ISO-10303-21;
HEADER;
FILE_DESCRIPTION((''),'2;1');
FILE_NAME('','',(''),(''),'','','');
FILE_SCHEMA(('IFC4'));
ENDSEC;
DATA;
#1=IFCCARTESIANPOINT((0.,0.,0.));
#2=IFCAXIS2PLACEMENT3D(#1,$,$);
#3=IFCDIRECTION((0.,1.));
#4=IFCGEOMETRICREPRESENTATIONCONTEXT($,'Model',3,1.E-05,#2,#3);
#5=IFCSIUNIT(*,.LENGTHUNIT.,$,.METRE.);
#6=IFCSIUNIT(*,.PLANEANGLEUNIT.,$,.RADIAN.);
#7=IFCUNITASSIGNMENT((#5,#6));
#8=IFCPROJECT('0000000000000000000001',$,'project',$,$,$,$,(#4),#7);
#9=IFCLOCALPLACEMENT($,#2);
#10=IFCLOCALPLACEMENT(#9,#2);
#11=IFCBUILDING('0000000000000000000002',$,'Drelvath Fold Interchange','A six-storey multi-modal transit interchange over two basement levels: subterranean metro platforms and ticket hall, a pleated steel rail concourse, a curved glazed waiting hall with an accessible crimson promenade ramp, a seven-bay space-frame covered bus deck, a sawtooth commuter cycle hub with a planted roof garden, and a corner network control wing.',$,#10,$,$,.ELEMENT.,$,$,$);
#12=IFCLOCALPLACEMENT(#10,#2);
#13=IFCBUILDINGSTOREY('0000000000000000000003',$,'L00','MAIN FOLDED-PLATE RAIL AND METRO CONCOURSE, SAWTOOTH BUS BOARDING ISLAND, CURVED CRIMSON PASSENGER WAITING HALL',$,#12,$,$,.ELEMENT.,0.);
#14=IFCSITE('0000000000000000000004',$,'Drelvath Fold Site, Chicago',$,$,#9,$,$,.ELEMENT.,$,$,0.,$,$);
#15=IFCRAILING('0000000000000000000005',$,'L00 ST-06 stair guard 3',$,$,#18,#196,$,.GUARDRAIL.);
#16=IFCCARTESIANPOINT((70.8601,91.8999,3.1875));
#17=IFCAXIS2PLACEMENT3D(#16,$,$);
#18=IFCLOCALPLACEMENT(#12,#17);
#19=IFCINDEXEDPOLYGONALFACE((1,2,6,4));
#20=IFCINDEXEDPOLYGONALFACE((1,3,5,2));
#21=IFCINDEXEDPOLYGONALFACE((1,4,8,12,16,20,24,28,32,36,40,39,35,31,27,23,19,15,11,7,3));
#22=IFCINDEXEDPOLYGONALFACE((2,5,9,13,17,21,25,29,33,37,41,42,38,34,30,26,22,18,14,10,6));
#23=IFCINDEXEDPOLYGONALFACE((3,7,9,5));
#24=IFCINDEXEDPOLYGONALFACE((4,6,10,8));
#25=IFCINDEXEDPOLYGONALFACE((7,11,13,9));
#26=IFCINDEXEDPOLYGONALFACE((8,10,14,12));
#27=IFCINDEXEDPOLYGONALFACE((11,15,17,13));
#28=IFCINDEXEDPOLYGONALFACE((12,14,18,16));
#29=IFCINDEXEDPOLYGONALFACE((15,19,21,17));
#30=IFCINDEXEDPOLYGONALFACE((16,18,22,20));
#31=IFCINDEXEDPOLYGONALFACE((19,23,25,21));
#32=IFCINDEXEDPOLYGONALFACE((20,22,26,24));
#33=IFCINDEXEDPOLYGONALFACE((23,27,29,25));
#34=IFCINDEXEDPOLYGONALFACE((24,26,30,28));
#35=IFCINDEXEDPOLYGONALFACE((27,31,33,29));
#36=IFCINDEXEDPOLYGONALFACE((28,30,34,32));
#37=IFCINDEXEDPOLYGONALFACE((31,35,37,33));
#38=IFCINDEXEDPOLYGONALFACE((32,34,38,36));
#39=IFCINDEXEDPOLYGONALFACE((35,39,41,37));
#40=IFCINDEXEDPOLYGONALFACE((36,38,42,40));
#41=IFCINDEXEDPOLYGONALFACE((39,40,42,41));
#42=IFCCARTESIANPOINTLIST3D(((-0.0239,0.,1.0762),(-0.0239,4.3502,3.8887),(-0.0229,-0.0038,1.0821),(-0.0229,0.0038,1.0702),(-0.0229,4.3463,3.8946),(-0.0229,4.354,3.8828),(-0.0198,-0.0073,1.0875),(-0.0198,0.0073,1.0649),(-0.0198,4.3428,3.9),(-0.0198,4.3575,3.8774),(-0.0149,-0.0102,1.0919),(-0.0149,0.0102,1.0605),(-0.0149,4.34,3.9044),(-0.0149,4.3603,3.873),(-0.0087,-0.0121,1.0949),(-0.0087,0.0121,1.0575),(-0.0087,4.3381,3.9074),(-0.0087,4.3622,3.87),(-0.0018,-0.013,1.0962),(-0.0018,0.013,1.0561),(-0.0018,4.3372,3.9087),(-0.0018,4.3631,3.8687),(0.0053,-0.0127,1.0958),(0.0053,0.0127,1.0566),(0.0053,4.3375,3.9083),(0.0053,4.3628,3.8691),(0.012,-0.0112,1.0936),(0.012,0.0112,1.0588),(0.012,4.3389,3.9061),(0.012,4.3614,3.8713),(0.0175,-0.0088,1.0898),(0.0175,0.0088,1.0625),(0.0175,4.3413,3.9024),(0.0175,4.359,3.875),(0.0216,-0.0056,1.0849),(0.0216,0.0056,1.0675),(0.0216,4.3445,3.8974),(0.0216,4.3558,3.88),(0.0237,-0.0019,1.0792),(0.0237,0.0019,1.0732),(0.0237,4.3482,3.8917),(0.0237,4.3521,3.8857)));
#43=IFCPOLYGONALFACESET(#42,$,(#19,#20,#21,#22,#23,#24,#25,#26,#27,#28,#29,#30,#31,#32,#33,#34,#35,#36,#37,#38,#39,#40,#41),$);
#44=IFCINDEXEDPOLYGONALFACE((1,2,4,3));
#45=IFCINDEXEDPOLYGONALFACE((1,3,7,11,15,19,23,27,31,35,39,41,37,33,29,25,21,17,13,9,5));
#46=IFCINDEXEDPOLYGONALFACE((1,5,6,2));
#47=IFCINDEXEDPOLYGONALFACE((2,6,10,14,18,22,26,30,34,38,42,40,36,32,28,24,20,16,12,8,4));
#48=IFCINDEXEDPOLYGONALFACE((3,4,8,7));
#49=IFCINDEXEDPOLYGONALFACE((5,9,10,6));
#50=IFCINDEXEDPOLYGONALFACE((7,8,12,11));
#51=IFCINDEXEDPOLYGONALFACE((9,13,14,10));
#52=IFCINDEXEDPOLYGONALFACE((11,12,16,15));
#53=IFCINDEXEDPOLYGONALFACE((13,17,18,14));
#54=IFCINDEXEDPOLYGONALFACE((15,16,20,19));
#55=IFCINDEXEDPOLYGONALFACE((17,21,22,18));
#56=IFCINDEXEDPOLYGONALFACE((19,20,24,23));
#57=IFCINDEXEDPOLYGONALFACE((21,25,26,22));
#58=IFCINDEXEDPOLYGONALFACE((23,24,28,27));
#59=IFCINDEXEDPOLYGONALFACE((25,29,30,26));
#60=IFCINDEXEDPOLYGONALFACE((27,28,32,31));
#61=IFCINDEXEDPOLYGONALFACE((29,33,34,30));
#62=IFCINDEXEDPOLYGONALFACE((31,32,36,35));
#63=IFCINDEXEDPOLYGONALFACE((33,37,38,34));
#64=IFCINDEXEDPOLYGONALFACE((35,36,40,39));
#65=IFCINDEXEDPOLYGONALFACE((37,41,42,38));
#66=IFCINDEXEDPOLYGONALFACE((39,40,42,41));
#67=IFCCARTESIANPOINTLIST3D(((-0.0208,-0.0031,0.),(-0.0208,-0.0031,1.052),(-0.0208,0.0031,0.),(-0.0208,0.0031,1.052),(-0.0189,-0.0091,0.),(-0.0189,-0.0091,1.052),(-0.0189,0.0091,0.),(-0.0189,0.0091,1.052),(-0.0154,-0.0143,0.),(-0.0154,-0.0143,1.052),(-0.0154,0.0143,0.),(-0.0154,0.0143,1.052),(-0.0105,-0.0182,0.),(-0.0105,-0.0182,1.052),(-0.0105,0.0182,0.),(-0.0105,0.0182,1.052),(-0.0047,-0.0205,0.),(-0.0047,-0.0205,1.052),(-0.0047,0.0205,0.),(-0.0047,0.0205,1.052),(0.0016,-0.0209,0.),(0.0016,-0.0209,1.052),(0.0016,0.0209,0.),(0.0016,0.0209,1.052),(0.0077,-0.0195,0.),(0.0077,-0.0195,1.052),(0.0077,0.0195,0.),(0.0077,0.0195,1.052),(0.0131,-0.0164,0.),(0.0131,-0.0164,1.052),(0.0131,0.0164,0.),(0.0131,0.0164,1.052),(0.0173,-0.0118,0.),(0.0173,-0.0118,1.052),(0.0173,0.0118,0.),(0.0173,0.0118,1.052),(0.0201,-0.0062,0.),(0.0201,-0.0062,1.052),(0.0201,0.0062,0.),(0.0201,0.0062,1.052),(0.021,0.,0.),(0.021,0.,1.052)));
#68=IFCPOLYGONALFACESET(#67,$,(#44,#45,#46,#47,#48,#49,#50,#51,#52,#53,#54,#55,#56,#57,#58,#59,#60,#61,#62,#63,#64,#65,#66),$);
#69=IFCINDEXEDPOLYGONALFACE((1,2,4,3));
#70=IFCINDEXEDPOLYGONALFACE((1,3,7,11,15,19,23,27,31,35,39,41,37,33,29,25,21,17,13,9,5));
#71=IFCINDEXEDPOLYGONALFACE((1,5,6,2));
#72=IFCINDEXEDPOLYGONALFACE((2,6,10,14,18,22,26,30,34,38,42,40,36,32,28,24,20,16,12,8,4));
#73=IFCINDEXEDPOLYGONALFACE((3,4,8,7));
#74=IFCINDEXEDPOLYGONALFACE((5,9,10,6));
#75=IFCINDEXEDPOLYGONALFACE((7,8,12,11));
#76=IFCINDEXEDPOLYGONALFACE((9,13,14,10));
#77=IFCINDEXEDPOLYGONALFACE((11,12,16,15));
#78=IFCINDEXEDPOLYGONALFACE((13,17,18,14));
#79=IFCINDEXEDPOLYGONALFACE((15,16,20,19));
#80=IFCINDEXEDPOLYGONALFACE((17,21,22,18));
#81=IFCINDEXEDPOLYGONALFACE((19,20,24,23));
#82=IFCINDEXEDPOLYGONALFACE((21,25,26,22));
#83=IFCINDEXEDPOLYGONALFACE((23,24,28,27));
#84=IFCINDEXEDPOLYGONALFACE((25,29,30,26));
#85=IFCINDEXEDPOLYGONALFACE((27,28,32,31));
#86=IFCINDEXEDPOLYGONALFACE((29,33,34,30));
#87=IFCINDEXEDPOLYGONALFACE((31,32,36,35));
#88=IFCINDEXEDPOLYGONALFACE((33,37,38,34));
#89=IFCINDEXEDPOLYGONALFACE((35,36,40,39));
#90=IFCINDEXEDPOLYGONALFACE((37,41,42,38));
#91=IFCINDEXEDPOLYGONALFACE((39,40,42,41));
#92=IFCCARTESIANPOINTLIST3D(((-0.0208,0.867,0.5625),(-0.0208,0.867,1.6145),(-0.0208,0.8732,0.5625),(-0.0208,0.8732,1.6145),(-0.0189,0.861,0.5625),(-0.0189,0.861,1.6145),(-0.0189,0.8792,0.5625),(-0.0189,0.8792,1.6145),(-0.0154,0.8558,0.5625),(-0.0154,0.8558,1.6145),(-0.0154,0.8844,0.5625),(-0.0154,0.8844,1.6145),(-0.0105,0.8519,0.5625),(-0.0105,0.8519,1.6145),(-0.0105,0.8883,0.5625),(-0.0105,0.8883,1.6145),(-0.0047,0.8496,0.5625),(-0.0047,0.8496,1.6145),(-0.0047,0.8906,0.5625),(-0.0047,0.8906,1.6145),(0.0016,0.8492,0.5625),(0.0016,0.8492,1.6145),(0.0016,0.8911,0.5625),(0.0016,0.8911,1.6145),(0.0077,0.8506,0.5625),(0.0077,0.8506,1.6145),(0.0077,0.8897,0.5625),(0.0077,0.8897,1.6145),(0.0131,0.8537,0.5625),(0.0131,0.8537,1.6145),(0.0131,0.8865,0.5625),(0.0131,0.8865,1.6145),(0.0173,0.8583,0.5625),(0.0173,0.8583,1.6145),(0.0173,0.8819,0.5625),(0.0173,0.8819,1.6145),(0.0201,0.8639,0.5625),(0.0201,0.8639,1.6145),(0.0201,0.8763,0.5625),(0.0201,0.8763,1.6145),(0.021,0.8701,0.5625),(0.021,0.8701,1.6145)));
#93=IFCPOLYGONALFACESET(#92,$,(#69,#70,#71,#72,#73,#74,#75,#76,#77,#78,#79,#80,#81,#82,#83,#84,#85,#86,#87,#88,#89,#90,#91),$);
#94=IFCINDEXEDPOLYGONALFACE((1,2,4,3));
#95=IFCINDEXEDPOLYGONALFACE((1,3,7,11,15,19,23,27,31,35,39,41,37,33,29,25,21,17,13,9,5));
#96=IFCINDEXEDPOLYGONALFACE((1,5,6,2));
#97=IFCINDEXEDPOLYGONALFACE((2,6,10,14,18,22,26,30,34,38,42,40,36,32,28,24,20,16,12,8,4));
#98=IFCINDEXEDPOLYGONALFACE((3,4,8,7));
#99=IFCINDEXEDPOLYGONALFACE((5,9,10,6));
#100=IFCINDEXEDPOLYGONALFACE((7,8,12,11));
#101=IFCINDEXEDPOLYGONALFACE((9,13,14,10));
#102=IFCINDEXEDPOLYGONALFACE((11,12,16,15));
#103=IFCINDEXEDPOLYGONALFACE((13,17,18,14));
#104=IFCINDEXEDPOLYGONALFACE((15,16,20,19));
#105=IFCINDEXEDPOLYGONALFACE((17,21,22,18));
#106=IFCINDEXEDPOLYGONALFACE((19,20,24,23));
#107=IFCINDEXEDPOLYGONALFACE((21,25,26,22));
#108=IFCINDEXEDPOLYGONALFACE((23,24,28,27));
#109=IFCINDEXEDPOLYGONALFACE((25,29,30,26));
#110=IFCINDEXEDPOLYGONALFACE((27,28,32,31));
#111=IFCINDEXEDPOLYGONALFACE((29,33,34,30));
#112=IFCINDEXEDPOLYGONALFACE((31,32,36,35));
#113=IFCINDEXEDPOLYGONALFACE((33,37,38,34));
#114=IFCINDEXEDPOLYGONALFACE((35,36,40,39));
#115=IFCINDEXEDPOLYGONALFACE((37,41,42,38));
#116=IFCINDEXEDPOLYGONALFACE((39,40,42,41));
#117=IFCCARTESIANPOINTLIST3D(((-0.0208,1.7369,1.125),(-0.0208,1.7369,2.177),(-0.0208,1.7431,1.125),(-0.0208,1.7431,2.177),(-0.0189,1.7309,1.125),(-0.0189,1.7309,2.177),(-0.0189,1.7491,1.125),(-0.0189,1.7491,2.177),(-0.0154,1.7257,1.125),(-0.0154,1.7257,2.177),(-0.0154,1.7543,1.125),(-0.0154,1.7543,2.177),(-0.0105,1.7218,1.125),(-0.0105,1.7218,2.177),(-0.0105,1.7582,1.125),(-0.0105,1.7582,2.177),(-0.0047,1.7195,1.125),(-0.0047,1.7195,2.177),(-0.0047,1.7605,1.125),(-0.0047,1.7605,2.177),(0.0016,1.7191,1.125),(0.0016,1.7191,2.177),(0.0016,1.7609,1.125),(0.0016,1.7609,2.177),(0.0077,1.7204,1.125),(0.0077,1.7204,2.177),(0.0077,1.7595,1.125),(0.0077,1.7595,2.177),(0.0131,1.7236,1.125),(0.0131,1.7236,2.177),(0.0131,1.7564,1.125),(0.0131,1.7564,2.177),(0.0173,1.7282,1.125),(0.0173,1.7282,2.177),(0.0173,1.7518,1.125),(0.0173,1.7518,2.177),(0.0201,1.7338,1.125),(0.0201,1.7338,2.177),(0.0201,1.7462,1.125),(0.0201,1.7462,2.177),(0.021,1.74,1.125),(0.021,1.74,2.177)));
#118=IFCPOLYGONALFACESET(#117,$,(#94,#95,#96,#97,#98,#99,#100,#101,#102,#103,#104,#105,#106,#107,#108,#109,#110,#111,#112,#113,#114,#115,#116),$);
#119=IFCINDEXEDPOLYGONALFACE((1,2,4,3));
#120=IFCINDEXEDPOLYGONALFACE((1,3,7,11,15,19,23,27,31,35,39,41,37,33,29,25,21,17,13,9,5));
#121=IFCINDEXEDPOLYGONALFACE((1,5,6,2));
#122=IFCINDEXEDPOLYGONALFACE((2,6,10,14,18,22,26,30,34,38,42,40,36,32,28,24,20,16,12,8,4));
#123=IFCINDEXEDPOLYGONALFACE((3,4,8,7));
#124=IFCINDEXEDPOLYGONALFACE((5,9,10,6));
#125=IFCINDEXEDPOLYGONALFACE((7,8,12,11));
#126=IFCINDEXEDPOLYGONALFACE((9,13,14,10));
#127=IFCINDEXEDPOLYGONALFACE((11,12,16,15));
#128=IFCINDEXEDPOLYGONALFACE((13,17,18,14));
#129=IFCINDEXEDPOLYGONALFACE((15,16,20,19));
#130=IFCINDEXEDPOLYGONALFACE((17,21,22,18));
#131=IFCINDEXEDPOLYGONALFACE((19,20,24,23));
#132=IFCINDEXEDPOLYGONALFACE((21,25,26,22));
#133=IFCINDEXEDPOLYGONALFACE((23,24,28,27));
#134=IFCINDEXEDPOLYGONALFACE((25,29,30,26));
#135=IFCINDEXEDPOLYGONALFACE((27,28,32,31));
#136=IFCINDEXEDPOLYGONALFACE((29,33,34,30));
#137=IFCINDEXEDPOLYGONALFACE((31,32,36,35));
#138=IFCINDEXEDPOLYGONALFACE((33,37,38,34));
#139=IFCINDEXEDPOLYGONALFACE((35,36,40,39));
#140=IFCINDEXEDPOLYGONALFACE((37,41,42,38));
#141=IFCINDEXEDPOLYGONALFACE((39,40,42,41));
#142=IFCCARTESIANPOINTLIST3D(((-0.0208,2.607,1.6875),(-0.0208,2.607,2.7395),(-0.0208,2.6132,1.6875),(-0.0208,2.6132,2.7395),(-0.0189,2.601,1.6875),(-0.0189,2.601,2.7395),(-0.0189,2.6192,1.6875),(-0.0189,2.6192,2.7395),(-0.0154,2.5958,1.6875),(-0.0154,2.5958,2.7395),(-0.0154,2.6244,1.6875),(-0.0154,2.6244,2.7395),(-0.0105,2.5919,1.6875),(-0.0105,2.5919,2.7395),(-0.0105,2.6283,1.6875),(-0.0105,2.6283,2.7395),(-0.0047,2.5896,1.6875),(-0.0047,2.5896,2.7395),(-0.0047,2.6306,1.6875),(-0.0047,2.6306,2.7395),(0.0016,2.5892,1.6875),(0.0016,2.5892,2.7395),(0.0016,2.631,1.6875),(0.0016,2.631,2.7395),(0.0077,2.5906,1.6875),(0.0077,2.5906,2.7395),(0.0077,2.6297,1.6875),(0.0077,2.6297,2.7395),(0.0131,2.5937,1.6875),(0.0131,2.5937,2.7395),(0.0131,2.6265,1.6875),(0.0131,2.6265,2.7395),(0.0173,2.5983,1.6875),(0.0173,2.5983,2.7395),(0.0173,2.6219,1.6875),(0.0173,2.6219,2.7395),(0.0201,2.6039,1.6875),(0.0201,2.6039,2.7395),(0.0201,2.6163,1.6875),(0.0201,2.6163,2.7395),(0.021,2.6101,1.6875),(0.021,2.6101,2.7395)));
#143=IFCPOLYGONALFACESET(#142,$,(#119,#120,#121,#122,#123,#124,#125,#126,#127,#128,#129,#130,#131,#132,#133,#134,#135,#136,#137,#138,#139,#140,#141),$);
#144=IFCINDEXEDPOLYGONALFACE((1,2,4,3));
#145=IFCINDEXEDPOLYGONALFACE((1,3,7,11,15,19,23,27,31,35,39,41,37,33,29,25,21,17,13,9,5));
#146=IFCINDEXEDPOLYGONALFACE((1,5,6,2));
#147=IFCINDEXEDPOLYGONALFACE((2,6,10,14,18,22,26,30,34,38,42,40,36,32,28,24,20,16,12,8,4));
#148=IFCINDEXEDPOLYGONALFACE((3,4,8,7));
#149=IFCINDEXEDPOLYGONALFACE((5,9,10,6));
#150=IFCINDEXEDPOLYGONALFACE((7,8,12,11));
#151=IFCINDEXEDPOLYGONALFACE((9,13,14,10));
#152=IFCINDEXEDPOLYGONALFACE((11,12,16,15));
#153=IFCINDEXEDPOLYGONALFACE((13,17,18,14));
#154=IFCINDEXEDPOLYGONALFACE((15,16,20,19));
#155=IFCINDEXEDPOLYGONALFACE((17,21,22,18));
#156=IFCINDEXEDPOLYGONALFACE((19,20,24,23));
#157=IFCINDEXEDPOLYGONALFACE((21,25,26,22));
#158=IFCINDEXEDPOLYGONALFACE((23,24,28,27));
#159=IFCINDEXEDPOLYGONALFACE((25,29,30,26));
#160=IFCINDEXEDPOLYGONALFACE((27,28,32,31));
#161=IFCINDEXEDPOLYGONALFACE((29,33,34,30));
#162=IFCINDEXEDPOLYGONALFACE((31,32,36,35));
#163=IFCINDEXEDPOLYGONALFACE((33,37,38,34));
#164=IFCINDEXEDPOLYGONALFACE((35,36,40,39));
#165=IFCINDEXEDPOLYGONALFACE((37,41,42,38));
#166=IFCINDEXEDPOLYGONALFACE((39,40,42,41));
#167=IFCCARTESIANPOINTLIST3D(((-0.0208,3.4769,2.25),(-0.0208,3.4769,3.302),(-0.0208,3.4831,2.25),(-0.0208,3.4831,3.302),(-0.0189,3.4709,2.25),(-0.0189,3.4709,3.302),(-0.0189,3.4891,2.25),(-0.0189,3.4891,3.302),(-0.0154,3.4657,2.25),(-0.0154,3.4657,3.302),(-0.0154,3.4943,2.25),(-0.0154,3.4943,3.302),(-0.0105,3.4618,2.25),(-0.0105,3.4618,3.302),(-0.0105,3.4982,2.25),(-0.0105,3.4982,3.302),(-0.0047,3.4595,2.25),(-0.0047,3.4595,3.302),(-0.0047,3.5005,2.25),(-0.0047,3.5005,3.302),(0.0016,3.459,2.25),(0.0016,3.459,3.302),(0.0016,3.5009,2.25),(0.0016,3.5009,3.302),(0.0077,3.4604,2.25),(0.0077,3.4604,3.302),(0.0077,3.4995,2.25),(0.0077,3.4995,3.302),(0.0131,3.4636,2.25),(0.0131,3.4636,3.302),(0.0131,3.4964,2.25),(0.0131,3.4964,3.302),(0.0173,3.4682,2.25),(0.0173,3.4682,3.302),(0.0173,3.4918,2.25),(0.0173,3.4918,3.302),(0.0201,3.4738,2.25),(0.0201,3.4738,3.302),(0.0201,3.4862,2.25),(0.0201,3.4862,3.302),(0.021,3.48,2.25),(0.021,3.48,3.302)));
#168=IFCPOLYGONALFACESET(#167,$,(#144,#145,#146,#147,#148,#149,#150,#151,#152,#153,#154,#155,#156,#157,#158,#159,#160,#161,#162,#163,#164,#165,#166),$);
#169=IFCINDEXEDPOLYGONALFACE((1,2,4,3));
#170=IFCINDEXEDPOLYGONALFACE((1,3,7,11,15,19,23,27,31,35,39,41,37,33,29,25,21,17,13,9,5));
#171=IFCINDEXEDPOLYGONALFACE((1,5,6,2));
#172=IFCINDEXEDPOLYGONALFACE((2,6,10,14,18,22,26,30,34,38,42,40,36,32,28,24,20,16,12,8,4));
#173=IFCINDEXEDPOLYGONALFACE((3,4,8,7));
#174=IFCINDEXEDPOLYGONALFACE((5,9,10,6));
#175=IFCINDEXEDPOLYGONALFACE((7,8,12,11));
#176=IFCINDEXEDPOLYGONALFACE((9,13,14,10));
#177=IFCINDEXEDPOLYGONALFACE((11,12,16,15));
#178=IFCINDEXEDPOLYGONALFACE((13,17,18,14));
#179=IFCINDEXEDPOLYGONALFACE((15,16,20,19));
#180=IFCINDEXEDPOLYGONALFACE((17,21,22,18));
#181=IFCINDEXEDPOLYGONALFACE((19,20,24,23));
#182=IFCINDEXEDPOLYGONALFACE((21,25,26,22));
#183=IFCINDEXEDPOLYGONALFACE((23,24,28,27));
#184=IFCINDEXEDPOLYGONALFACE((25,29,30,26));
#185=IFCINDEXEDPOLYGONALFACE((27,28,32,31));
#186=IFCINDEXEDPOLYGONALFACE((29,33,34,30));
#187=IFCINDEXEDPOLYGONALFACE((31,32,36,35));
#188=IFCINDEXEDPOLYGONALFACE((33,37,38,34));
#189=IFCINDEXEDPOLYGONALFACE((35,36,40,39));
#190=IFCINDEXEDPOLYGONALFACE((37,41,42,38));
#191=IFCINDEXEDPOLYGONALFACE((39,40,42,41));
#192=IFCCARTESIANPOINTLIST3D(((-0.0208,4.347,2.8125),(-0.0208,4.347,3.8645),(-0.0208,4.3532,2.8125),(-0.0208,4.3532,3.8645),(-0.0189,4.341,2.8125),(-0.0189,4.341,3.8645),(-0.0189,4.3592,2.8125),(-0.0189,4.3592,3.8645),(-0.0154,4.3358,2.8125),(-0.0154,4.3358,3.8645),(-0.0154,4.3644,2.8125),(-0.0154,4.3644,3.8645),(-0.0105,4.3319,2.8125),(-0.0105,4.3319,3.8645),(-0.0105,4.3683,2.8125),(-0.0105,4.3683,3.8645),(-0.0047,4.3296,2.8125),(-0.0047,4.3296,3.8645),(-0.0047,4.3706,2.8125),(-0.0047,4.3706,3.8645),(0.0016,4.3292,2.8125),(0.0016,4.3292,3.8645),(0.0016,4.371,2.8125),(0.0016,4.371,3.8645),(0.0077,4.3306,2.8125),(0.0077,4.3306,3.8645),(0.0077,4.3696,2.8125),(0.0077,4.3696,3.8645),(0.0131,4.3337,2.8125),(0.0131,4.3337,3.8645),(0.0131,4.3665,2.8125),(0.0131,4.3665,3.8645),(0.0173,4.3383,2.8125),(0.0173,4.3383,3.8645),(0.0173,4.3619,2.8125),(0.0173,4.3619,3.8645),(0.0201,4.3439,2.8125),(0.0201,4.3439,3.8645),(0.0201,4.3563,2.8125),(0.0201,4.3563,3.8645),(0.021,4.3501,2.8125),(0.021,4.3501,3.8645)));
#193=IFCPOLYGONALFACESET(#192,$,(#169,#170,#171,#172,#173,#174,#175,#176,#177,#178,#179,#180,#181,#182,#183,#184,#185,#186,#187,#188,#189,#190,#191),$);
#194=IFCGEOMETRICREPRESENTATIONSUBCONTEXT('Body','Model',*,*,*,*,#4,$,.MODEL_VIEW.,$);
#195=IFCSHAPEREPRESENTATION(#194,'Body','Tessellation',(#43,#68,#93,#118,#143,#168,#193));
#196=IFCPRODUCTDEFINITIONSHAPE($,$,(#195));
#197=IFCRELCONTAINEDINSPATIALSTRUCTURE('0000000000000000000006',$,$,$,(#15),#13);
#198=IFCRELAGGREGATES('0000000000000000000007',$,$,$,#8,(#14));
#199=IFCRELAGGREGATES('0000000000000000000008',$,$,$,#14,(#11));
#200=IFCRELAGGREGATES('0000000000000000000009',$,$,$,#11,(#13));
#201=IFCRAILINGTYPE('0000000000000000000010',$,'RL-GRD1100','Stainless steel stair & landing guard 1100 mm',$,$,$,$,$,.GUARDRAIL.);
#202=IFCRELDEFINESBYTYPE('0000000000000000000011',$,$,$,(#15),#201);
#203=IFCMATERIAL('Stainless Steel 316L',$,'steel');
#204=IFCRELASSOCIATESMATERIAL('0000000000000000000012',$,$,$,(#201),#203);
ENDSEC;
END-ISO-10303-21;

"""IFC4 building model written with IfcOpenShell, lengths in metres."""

from ifc_helpers import new_model, si_unit, direction, frame, origin, origin_2d, place, context, subcontext, project, spatial, circle, extrude, material, type_object, element, save


model = new_model("IFC4")

# Units and contexts
model_context = context("Model", 3, precision=1e-05, world=origin(), true_north=direction((0.0, 1.0)))
body_context = subcontext(model_context, "Body", "Model", "MODEL_VIEW")
ifc_project = project(units=[si_unit("LENGTHUNIT", "METRE"), si_unit("PLANEANGLEUNIT", "RADIAN")], contexts=[model_context])

# Site, building, storey
site_placement = place(None, origin())
site = spatial("IfcSite", under=ifc_project, at=site_placement, Name="Drelvath Fold Site, Chicago", CompositionType="ELEMENT", RefElevation=0.0)
building_placement = place(site_placement, origin())
building = spatial("IfcBuilding", under=site, at=building_placement, Name="Drelvath Fold Interchange", Description="A six-storey multi-modal transit interchange over two basement levels: subterranean metro platforms and ticket hall, a pleated steel rail concourse, a curved glazed waiting hall with an accessible crimson promenade ramp, a seven-bay space-frame covered bus deck, a sawtooth commuter cycle hub with a planted roof garden, and a corner network control wing.", CompositionType="ELEMENT")
storey_placement = place(building_placement, origin())
storey = spatial("IfcBuildingStorey", under=building, at=storey_placement, Name="L00", Description="MAIN FOLDED-PLATE RAIL AND METRO CONCOURSE, SAWTOOTH BUS BOARDING ISLAND, CURVED CRIMSON PASSENGER WAITING HALL", CompositionType="ELEMENT", Elevation=0.0)

# Railing
ifc_material_1 = material(Name="Stainless Steel 316L", Category="steel")
railing_type_1 = type_object("IfcRailingType", Name="RL-GRD1100", Description="Stainless steel stair & landing guard 1100 mm", PredefinedType="GUARDRAIL", material=ifc_material_1)
railing_1_placement = place(storey_placement, frame((70.8601, 91.8999, 3.1875)))
element("IfcRailing", 1, at=railing_1_placement, inside=storey, type_object=railing_type_1, Name="L00 ST-06 stair guard 3", PredefinedType="GUARDRAIL", context=body_context, shape_type="SweptSolid", body=[
    extrude(circle(Radius=0.0239, at=origin_2d()), frame((0.0, 0.0, 1.0762), z_axis=(0.0, 0.83977, 0.542942), x_axis=(-1.0, 0.0, 0.0)), (0.0, 0.0, 1.0), 5.1802),
    extrude(circle(Radius=0.021, at=origin_2d()), origin(), (0.0, 0.0, 1.0), 1.052),
    extrude(circle(Radius=0.021, at=origin_2d()), frame((0.0, 0.8701, 0.5625)), (0.0, 0.0, 1.0), 1.052),
    extrude(circle(Radius=0.021, at=origin_2d()), frame((0.0, 1.74, 1.125)), (0.0, 0.0, 1.0), 1.052),
    extrude(circle(Radius=0.021, at=origin_2d()), frame((0.0, 2.6101, 1.6875)), (0.0, 0.0, 1.0), 1.052),
    extrude(circle(Radius=0.021, at=origin_2d()), frame((0.0, 3.48, 2.25)), (0.0, 0.0, 1.0), 1.052),
    extrude(circle(Radius=0.021, at=origin_2d()), frame((0.0, 4.3501, 2.8125)), (0.0, 0.0, 1.0), 1.052),
])

save(model, "model.ifc")
